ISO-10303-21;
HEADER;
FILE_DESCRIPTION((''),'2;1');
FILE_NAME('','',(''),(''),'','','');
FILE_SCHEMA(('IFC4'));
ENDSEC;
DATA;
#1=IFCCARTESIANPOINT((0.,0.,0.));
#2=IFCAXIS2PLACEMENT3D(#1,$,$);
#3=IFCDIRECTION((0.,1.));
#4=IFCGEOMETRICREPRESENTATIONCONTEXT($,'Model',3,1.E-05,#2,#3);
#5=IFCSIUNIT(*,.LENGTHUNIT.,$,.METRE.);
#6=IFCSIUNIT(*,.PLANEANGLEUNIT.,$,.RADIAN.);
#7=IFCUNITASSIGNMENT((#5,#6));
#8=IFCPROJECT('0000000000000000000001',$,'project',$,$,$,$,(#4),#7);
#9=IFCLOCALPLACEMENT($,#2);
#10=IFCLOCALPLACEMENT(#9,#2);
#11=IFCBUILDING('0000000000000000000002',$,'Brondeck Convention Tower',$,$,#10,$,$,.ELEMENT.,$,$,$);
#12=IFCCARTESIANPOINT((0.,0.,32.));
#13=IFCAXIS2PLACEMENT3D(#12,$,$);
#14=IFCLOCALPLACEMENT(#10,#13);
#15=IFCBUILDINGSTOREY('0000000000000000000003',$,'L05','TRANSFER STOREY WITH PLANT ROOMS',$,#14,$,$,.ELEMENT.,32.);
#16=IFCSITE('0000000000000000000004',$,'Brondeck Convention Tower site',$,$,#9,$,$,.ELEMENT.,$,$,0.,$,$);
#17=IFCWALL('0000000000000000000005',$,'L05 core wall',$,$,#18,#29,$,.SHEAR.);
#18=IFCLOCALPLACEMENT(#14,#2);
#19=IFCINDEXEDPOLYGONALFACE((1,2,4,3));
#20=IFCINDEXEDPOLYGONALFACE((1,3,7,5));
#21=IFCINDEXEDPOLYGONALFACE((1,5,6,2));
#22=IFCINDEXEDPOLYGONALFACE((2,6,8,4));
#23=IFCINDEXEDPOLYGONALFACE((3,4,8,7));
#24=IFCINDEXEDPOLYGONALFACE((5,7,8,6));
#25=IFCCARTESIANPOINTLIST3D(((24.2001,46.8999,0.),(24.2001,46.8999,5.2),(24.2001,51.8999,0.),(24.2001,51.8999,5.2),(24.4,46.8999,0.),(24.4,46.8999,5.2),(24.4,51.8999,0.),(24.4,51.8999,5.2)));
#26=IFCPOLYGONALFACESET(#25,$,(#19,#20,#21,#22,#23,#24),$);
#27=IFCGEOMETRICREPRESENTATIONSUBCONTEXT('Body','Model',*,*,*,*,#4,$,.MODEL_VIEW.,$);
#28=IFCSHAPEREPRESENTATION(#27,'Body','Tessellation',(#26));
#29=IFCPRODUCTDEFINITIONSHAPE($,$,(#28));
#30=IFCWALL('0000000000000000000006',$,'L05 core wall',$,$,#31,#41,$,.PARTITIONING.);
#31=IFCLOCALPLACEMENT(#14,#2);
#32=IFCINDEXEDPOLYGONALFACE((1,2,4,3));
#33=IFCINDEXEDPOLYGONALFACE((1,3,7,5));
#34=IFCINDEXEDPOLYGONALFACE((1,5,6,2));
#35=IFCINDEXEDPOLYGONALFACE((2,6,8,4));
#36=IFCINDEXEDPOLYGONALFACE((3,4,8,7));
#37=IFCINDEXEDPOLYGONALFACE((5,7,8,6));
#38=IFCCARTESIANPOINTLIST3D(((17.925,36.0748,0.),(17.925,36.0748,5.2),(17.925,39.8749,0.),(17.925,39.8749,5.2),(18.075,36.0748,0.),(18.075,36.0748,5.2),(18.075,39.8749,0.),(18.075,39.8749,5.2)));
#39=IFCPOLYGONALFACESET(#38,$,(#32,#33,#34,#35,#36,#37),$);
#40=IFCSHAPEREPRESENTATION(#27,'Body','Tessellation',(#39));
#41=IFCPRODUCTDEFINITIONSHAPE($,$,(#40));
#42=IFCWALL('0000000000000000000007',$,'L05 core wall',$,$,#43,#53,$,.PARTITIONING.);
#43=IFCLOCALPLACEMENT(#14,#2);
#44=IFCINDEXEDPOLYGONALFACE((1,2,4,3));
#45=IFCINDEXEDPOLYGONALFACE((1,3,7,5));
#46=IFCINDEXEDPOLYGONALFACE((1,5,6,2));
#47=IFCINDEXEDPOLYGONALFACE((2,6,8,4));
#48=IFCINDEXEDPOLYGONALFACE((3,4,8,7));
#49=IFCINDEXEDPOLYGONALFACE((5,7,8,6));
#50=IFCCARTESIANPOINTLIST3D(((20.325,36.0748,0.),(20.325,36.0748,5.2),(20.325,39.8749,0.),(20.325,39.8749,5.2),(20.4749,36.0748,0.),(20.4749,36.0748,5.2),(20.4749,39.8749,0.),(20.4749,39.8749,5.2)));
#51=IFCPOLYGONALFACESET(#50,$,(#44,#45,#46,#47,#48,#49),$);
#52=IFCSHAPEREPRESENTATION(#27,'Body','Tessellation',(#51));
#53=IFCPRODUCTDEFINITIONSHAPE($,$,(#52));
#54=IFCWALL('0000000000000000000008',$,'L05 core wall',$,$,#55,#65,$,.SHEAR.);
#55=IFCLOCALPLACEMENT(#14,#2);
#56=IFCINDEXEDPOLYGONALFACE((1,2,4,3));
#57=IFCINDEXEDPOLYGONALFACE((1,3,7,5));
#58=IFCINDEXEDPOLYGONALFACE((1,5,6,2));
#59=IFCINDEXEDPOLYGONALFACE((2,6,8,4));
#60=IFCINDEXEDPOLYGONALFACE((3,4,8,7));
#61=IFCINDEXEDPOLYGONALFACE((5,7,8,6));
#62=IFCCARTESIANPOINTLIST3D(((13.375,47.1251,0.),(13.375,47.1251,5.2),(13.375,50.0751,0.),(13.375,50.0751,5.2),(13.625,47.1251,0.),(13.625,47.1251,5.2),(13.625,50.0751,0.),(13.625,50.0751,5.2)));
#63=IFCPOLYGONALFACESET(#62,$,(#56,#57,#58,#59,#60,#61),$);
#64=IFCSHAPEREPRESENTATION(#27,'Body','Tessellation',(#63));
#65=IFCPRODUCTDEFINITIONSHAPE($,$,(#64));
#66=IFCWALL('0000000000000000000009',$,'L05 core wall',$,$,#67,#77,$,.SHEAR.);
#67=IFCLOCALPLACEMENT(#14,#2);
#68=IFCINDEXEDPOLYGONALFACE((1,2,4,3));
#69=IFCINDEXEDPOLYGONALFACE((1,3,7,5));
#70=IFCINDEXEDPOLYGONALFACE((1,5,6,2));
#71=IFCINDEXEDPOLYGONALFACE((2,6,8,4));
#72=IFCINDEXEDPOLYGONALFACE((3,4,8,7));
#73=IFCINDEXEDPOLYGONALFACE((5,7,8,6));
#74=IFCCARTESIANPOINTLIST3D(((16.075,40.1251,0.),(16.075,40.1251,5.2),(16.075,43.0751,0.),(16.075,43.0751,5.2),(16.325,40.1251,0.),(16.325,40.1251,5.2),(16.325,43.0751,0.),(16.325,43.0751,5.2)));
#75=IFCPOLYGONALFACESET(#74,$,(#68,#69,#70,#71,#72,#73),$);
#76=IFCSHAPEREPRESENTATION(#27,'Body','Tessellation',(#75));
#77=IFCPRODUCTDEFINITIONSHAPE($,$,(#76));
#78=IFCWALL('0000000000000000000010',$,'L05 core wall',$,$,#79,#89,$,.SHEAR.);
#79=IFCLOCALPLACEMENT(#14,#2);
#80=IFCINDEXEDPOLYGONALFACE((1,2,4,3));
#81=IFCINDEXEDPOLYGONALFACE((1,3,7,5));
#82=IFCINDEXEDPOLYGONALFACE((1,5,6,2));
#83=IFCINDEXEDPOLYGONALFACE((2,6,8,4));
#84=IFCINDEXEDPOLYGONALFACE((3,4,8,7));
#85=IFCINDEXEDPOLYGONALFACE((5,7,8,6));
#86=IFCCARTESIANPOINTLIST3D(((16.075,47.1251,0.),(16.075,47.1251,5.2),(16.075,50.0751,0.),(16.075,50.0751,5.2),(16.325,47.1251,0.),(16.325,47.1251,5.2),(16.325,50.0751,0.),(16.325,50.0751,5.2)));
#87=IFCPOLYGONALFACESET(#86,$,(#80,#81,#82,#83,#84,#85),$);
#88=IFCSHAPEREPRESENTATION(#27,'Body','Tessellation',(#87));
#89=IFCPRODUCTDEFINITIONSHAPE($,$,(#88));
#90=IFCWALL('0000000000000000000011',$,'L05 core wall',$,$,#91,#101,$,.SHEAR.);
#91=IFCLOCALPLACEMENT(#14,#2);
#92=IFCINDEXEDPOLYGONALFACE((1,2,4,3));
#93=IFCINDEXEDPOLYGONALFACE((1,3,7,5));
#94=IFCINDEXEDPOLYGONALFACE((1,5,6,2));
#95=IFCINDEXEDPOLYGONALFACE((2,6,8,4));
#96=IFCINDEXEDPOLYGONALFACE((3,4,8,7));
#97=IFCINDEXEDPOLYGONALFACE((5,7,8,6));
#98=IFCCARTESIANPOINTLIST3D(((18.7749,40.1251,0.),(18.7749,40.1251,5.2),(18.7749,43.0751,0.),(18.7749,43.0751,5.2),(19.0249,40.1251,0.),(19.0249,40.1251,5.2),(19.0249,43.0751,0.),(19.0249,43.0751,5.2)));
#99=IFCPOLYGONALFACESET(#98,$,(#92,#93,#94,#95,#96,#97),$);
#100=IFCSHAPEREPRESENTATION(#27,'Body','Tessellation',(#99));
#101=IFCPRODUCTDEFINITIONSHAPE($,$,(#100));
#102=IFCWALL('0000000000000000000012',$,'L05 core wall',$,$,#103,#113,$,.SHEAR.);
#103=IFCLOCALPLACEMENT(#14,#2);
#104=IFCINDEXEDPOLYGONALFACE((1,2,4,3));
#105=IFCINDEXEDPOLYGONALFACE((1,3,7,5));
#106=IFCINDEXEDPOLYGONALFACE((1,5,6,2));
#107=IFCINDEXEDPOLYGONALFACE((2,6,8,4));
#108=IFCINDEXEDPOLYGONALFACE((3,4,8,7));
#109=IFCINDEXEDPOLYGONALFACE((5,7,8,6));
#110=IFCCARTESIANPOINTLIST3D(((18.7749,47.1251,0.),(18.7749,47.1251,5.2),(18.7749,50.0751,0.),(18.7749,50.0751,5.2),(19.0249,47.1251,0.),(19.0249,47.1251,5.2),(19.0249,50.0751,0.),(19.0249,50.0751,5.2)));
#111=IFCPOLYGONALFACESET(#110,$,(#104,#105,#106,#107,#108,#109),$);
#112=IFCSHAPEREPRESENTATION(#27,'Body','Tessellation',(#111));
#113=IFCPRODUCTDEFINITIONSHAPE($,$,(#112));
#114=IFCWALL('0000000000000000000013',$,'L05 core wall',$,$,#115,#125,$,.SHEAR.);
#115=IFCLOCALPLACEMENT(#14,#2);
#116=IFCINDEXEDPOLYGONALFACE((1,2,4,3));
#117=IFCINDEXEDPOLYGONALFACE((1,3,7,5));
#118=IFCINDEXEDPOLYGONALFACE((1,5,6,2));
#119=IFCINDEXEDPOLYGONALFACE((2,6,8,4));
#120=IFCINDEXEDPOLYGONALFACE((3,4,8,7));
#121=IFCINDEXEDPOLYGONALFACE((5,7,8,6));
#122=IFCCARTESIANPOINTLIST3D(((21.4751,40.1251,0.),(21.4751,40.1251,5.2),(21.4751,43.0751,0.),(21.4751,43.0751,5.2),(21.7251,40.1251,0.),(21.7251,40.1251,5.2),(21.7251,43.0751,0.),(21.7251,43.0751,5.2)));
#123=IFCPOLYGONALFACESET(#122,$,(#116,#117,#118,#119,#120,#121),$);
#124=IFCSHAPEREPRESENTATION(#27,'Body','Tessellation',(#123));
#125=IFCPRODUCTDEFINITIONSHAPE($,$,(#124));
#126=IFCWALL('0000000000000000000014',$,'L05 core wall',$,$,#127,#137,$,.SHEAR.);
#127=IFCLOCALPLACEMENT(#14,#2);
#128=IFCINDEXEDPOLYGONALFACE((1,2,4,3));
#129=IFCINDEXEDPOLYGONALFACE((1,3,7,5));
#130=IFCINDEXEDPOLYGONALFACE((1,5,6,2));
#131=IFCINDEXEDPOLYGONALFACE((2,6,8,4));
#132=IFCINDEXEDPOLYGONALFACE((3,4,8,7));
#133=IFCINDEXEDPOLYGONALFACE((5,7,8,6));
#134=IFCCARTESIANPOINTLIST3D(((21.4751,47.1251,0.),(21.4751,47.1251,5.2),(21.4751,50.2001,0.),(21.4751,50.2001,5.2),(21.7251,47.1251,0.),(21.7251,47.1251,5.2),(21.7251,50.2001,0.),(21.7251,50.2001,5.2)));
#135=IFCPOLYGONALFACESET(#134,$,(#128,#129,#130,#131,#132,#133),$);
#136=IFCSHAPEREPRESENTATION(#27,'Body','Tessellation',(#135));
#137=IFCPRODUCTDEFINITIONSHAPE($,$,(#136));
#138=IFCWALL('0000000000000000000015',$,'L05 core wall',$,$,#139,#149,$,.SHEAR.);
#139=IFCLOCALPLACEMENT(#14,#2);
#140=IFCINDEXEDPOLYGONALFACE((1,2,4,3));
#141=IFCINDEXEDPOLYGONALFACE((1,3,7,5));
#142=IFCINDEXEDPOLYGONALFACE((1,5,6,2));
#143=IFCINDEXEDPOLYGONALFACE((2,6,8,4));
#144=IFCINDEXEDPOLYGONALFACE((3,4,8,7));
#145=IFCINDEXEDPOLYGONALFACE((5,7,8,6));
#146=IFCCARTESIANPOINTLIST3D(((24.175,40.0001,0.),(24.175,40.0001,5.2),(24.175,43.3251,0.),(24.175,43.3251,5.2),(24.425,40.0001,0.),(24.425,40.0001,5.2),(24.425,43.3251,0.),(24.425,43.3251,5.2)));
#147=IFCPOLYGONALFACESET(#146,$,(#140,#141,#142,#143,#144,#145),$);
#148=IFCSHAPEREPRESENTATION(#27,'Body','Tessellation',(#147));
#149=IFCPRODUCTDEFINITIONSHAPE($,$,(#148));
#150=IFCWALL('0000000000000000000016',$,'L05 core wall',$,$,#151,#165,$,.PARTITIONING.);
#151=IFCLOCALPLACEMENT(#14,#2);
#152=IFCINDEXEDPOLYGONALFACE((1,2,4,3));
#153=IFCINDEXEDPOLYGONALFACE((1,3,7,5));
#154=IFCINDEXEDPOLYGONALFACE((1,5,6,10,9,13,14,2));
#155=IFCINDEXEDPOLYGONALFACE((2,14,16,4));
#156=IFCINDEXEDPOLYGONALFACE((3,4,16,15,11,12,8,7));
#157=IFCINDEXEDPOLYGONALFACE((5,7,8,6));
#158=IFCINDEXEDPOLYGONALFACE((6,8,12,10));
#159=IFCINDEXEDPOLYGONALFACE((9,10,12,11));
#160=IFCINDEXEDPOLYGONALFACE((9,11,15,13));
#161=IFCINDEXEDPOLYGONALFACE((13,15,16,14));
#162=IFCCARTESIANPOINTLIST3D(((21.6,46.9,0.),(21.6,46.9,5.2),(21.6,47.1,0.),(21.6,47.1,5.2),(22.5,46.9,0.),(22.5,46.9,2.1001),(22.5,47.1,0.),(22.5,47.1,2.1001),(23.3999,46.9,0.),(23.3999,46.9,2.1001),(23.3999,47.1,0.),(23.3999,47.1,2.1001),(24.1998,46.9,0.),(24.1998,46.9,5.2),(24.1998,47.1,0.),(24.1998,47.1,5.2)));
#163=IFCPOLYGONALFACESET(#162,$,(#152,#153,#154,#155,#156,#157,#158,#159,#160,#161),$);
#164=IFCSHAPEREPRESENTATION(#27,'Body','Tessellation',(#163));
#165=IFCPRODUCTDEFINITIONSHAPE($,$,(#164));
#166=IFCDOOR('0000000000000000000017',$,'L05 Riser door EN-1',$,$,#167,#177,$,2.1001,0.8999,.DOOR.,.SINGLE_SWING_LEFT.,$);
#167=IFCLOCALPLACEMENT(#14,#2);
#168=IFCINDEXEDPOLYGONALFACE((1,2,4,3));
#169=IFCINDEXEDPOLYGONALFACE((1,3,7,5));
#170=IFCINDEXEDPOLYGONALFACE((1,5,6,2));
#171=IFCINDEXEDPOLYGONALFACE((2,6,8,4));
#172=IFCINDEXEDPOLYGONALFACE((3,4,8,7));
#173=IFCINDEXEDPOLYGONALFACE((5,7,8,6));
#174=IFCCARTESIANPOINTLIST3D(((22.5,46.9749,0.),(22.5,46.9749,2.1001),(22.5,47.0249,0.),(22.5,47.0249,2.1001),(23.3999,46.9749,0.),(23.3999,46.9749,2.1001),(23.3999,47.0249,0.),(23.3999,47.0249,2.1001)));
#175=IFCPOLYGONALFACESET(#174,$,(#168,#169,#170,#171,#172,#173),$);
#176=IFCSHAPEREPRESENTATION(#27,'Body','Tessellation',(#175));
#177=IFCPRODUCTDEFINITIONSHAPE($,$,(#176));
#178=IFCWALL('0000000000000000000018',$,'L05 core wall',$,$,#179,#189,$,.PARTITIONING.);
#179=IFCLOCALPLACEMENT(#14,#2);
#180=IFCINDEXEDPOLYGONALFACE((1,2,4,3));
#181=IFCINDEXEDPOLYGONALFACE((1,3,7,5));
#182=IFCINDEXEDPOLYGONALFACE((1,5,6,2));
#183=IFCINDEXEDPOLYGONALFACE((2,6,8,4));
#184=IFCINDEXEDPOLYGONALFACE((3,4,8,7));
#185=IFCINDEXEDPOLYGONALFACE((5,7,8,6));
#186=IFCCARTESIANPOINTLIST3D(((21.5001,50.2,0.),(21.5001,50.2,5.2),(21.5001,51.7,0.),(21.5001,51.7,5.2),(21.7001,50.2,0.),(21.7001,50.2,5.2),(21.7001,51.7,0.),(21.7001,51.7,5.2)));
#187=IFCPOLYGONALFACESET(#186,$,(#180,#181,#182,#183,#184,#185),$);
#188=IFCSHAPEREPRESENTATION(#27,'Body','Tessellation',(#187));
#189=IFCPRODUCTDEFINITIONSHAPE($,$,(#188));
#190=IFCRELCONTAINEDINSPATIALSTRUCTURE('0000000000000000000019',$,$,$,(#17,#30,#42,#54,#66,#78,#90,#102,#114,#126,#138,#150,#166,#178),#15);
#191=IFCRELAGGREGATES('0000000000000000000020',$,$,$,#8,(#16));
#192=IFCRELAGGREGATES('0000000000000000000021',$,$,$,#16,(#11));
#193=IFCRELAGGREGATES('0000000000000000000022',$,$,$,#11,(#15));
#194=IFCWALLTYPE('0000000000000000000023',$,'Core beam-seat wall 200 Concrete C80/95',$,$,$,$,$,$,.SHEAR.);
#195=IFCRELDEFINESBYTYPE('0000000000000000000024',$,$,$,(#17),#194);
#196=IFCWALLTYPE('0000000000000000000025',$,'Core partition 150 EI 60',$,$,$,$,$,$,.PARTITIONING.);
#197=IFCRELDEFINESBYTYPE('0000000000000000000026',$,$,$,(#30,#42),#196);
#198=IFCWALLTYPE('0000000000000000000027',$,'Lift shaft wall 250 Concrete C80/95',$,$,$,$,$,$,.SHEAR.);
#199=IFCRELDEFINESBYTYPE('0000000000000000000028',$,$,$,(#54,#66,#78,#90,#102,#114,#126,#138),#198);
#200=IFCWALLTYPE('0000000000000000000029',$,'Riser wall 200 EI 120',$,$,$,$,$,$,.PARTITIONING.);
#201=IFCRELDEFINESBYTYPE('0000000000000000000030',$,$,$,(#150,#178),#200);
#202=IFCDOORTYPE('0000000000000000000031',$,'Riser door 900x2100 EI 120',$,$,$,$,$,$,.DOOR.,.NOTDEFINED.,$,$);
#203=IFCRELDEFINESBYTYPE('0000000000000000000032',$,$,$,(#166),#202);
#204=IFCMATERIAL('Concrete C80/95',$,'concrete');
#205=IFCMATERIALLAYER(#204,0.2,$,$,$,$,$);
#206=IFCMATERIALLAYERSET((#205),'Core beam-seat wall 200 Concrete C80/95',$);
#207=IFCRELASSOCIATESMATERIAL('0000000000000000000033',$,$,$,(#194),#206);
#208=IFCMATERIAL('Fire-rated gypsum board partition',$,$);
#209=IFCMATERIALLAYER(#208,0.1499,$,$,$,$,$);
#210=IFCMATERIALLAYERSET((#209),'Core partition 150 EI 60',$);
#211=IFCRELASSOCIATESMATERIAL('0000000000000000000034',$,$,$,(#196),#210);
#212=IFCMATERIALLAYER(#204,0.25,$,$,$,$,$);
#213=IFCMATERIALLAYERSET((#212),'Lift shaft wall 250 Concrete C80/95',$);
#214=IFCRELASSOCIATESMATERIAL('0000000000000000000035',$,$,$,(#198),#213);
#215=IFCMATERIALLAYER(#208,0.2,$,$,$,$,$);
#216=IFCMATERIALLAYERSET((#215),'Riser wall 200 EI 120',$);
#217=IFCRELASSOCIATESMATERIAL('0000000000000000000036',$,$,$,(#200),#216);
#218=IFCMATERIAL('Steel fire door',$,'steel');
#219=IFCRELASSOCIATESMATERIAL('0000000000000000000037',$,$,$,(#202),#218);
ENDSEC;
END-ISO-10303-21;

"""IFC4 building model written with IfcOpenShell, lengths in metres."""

from ifc_helpers import new_model, si_unit, direction, frame, frame_2d, origin, place, context, subcontext, project, spatial, rectangle, extrude, material, layer, layer_set, type_object, element, fill, save


model = new_model("IFC4")

# Units and contexts
model_context = context("Model", 3, precision=1e-05, world=origin(), true_north=direction((0.0, 1.0)))
body_context = subcontext(model_context, "Body", "Model", "MODEL_VIEW")
ifc_project = project(units=[si_unit("LENGTHUNIT", "METRE"), si_unit("PLANEANGLEUNIT", "RADIAN")], contexts=[model_context])

# Site, building, storey
site_placement = place(None, origin())
site = spatial("IfcSite", under=ifc_project, at=site_placement, Name="Brondeck Convention Tower site", CompositionType="ELEMENT", RefElevation=0.0)
building_placement = place(site_placement, origin())
building = spatial("IfcBuilding", under=site, at=building_placement, Name="Brondeck Convention Tower", CompositionType="ELEMENT")
storey_placement = place(building_placement, frame((0.0, 0.0, 32.0)))
storey = spatial("IfcBuildingStorey", under=building, at=storey_placement, Name="L05", Description="TRANSFER STOREY WITH PLANT ROOMS", CompositionType="ELEMENT", Elevation=32.0)

# Walls
ifc_material_1 = material(Name="Concrete C80/95", Category="concrete")
ifc_layer_1 = layer(ifc_material_1, 0.2)
ifc_layer_set_1 = layer_set([ifc_layer_1], Name="Core beam-seat wall 200 Concrete C80/95")
wall_type_1 = type_object("IfcWallType", Name="Core beam-seat wall 200 Concrete C80/95", PredefinedType="SHEAR", material=ifc_layer_set_1)
wall_1_placement = place(storey_placement, frame((24.3, 46.8999, 0.0), z_axis=(0.0, 0.0, 1.0), x_axis=(0.0, 1.0, 0.0)))
element("IfcWall", 1, at=wall_1_placement, inside=storey, type_object=wall_type_1, Name="L05 core wall", PredefinedType="SHEAR", context=body_context, shape_type="SweptSolid", body=[
    extrude(rectangle(XDim=5.0, YDim=0.2, at=frame_2d((2.5, 0.0))), origin(), (0.0, 0.0, 1.0), 5.2),
])
ifc_material_2 = material(Name="Fire-rated gypsum board partition")
ifc_layer_2 = layer(ifc_material_2, 0.1499)
ifc_layer_set_2 = layer_set([ifc_layer_2], Name="Core partition 150 EI 60")
wall_type_2 = type_object("IfcWallType", Name="Core partition 150 EI 60", PredefinedType="PARTITIONING", material=ifc_layer_set_2)
for number, where, z_axis, x_axis, name in (
    (2, (18.0, 36.075, 0.0), (0.0, 0.0, 1.0), (0.0, 1.0, 0.0), "L05 core wall"),
    (3, (20.3999, 36.075, 0.0), (0.0, 0.0, 1.0), (0.0, 1.0, 0.0), "L05 core wall"),
):
    element("IfcWall", number, at=place(storey_placement, frame(where, z_axis=z_axis, x_axis=x_axis)), inside=storey, type_object=wall_type_2, Name=name, PredefinedType="PARTITIONING", context=body_context, shape_type="SweptSolid", body=[
        extrude(rectangle(XDim=3.8, YDim=0.1499, at=frame_2d((1.8999, 0.0))), origin(), (0.0, 0.0, 1.0), 5.2),
    ])
ifc_layer_3 = layer(ifc_material_1, 0.25)
ifc_layer_set_3 = layer_set([ifc_layer_3], Name="Lift shaft wall 250 Concrete C80/95")
wall_type_3 = type_object("IfcWallType", Name="Lift shaft wall 250 Concrete C80/95", PredefinedType="SHEAR", material=ifc_layer_set_3)
for number, where, z_axis, x_axis, name in (
    (4, (13.5, 47.125, 0.0), (0.0, 0.0, 1.0), (0.0, 1.0, 0.0), "L05 core wall"),
    (5, (16.2, 40.125, 0.0), (0.0, 0.0, 1.0), (0.0, 1.0, 0.0), "L05 core wall"),
    (6, (16.2, 47.125, 0.0), (0.0, 0.0, 1.0), (0.0, 1.0, 0.0), "L05 core wall"),
    (7, (18.8999, 40.125, 0.0), (0.0, 0.0, 1.0), (0.0, 1.0, 0.0), "L05 core wall"),
    (8, (18.8999, 47.125, 0.0), (0.0, 0.0, 1.0), (0.0, 1.0, 0.0), "L05 core wall"),
    (9, (21.6001, 40.125, 0.0), (0.0, 0.0, 1.0), (0.0, 1.0, 0.0), "L05 core wall"),
):
    element("IfcWall", number, at=place(storey_placement, frame(where, z_axis=z_axis, x_axis=x_axis)), inside=storey, type_object=wall_type_3, Name=name, PredefinedType="SHEAR", context=body_context, shape_type="SweptSolid", body=[
        extrude(rectangle(XDim=2.95, YDim=0.25, at=frame_2d((1.4751, 0.0))), origin(), (0.0, 0.0, 1.0), 5.2),
    ])
wall_2_placement = place(storey_placement, frame((21.6001, 47.125, 0.0), z_axis=(0.0, 0.0, 1.0), x_axis=(0.0, 1.0, 0.0)))
element("IfcWall", 10, at=wall_2_placement, inside=storey, type_object=wall_type_3, Name="L05 core wall", PredefinedType="SHEAR", context=body_context, shape_type="SweptSolid", body=[
    extrude(rectangle(XDim=3.075, YDim=0.25, at=frame_2d((1.5376, 0.0))), origin(), (0.0, 0.0, 1.0), 5.2),
])
wall_3_placement = place(storey_placement, frame((24.3, 40.0, 0.0), z_axis=(0.0, 0.0, 1.0), x_axis=(0.0, 1.0, 0.0)))
element("IfcWall", 11, at=wall_3_placement, inside=storey, type_object=wall_type_3, Name="L05 core wall", PredefinedType="SHEAR", context=body_context, shape_type="SweptSolid", body=[
    extrude(rectangle(XDim=3.325, YDim=0.25, at=frame_2d((1.6626, 0.0))), origin(), (0.0, 0.0, 1.0), 5.2),
])

# Wall, opening, door
ifc_layer_4 = layer(ifc_material_2, 0.2)
ifc_layer_set_4 = layer_set([ifc_layer_4], Name="Riser wall 200 EI 120")
wall_type_4 = type_object("IfcWallType", Name="Riser wall 200 EI 120", PredefinedType="PARTITIONING", material=ifc_layer_set_4)
wall_4_placement = place(storey_placement, frame((21.6001, 47.0, 0.0), z_axis=(0.0, 0.0, 1.0), x_axis=(1.0, 0.0, 0.0)))
wall_4 = element("IfcWall", 12, at=wall_4_placement, inside=storey, type_object=wall_type_4, Name="L05 core wall", PredefinedType="PARTITIONING", context=body_context, shape_type="SweptSolid", body=[
    extrude(rectangle(XDim=2.5999, YDim=0.2, at=frame_2d((1.2998, 0.0))), origin(), (0.0, 0.0, 1.0), 5.2),
])
opening_placement = place(wall_4_placement, frame((0.8999, 0.0, 0.0)))
opening = element("IfcOpeningElement", 13, at=opening_placement, cuts=wall_4, PredefinedType="OPENING", context=body_context, shape_type="SweptSolid", body=[
    extrude(rectangle(XDim=0.8999, YDim=2.1001, at=frame_2d((0.45, 1.05))), frame((0.0, 0.1099, 0.0), z_axis=(0.0, -1.0, 0.0), x_axis=(1.0, 0.0, 0.0)), (0.0, 0.0, 1.0), 0.22),
])
ifc_material_3 = material(Name="Steel fire door", Category="steel")
door_type = type_object("IfcDoorType", Name="Riser door 900x2100 EI 120", OperationType="NOTDEFINED", PredefinedType="DOOR", material=ifc_material_3)
door_placement = place(opening_placement, origin())
door = element("IfcDoor", 14, at=door_placement, inside=storey, type_object=door_type, Name="L05 Riser door EN-1", OperationType="SINGLE_SWING_LEFT", OverallHeight=2.1001, OverallWidth=0.8999, PredefinedType="DOOR", context=body_context, shape_type="SweptSolid", body=[
    extrude(rectangle(XDim=0.8999, YDim=2.1001, at=frame_2d((0.45, 1.05))), frame((0.0, 0.0249, 0.0), z_axis=(0.0, -1.0, 0.0), x_axis=(1.0, 0.0, 0.0)), (0.0, 0.0, 1.0), 0.05),
])
fill(opening, door)

# Wall
wall_5_placement = place(storey_placement, frame((21.6001, 50.2, 0.0), z_axis=(0.0, 0.0, 1.0), x_axis=(0.0, 1.0, 0.0)))
element("IfcWall", 15, at=wall_5_placement, inside=storey, type_object=wall_type_4, Name="L05 core wall", PredefinedType="PARTITIONING", context=body_context, shape_type="SweptSolid", body=[
    extrude(rectangle(XDim=1.5, YDim=0.2, at=frame_2d((0.75, 0.0))), origin(), (0.0, 0.0, 1.0), 5.2),
])

save(model, "model.ifc")
